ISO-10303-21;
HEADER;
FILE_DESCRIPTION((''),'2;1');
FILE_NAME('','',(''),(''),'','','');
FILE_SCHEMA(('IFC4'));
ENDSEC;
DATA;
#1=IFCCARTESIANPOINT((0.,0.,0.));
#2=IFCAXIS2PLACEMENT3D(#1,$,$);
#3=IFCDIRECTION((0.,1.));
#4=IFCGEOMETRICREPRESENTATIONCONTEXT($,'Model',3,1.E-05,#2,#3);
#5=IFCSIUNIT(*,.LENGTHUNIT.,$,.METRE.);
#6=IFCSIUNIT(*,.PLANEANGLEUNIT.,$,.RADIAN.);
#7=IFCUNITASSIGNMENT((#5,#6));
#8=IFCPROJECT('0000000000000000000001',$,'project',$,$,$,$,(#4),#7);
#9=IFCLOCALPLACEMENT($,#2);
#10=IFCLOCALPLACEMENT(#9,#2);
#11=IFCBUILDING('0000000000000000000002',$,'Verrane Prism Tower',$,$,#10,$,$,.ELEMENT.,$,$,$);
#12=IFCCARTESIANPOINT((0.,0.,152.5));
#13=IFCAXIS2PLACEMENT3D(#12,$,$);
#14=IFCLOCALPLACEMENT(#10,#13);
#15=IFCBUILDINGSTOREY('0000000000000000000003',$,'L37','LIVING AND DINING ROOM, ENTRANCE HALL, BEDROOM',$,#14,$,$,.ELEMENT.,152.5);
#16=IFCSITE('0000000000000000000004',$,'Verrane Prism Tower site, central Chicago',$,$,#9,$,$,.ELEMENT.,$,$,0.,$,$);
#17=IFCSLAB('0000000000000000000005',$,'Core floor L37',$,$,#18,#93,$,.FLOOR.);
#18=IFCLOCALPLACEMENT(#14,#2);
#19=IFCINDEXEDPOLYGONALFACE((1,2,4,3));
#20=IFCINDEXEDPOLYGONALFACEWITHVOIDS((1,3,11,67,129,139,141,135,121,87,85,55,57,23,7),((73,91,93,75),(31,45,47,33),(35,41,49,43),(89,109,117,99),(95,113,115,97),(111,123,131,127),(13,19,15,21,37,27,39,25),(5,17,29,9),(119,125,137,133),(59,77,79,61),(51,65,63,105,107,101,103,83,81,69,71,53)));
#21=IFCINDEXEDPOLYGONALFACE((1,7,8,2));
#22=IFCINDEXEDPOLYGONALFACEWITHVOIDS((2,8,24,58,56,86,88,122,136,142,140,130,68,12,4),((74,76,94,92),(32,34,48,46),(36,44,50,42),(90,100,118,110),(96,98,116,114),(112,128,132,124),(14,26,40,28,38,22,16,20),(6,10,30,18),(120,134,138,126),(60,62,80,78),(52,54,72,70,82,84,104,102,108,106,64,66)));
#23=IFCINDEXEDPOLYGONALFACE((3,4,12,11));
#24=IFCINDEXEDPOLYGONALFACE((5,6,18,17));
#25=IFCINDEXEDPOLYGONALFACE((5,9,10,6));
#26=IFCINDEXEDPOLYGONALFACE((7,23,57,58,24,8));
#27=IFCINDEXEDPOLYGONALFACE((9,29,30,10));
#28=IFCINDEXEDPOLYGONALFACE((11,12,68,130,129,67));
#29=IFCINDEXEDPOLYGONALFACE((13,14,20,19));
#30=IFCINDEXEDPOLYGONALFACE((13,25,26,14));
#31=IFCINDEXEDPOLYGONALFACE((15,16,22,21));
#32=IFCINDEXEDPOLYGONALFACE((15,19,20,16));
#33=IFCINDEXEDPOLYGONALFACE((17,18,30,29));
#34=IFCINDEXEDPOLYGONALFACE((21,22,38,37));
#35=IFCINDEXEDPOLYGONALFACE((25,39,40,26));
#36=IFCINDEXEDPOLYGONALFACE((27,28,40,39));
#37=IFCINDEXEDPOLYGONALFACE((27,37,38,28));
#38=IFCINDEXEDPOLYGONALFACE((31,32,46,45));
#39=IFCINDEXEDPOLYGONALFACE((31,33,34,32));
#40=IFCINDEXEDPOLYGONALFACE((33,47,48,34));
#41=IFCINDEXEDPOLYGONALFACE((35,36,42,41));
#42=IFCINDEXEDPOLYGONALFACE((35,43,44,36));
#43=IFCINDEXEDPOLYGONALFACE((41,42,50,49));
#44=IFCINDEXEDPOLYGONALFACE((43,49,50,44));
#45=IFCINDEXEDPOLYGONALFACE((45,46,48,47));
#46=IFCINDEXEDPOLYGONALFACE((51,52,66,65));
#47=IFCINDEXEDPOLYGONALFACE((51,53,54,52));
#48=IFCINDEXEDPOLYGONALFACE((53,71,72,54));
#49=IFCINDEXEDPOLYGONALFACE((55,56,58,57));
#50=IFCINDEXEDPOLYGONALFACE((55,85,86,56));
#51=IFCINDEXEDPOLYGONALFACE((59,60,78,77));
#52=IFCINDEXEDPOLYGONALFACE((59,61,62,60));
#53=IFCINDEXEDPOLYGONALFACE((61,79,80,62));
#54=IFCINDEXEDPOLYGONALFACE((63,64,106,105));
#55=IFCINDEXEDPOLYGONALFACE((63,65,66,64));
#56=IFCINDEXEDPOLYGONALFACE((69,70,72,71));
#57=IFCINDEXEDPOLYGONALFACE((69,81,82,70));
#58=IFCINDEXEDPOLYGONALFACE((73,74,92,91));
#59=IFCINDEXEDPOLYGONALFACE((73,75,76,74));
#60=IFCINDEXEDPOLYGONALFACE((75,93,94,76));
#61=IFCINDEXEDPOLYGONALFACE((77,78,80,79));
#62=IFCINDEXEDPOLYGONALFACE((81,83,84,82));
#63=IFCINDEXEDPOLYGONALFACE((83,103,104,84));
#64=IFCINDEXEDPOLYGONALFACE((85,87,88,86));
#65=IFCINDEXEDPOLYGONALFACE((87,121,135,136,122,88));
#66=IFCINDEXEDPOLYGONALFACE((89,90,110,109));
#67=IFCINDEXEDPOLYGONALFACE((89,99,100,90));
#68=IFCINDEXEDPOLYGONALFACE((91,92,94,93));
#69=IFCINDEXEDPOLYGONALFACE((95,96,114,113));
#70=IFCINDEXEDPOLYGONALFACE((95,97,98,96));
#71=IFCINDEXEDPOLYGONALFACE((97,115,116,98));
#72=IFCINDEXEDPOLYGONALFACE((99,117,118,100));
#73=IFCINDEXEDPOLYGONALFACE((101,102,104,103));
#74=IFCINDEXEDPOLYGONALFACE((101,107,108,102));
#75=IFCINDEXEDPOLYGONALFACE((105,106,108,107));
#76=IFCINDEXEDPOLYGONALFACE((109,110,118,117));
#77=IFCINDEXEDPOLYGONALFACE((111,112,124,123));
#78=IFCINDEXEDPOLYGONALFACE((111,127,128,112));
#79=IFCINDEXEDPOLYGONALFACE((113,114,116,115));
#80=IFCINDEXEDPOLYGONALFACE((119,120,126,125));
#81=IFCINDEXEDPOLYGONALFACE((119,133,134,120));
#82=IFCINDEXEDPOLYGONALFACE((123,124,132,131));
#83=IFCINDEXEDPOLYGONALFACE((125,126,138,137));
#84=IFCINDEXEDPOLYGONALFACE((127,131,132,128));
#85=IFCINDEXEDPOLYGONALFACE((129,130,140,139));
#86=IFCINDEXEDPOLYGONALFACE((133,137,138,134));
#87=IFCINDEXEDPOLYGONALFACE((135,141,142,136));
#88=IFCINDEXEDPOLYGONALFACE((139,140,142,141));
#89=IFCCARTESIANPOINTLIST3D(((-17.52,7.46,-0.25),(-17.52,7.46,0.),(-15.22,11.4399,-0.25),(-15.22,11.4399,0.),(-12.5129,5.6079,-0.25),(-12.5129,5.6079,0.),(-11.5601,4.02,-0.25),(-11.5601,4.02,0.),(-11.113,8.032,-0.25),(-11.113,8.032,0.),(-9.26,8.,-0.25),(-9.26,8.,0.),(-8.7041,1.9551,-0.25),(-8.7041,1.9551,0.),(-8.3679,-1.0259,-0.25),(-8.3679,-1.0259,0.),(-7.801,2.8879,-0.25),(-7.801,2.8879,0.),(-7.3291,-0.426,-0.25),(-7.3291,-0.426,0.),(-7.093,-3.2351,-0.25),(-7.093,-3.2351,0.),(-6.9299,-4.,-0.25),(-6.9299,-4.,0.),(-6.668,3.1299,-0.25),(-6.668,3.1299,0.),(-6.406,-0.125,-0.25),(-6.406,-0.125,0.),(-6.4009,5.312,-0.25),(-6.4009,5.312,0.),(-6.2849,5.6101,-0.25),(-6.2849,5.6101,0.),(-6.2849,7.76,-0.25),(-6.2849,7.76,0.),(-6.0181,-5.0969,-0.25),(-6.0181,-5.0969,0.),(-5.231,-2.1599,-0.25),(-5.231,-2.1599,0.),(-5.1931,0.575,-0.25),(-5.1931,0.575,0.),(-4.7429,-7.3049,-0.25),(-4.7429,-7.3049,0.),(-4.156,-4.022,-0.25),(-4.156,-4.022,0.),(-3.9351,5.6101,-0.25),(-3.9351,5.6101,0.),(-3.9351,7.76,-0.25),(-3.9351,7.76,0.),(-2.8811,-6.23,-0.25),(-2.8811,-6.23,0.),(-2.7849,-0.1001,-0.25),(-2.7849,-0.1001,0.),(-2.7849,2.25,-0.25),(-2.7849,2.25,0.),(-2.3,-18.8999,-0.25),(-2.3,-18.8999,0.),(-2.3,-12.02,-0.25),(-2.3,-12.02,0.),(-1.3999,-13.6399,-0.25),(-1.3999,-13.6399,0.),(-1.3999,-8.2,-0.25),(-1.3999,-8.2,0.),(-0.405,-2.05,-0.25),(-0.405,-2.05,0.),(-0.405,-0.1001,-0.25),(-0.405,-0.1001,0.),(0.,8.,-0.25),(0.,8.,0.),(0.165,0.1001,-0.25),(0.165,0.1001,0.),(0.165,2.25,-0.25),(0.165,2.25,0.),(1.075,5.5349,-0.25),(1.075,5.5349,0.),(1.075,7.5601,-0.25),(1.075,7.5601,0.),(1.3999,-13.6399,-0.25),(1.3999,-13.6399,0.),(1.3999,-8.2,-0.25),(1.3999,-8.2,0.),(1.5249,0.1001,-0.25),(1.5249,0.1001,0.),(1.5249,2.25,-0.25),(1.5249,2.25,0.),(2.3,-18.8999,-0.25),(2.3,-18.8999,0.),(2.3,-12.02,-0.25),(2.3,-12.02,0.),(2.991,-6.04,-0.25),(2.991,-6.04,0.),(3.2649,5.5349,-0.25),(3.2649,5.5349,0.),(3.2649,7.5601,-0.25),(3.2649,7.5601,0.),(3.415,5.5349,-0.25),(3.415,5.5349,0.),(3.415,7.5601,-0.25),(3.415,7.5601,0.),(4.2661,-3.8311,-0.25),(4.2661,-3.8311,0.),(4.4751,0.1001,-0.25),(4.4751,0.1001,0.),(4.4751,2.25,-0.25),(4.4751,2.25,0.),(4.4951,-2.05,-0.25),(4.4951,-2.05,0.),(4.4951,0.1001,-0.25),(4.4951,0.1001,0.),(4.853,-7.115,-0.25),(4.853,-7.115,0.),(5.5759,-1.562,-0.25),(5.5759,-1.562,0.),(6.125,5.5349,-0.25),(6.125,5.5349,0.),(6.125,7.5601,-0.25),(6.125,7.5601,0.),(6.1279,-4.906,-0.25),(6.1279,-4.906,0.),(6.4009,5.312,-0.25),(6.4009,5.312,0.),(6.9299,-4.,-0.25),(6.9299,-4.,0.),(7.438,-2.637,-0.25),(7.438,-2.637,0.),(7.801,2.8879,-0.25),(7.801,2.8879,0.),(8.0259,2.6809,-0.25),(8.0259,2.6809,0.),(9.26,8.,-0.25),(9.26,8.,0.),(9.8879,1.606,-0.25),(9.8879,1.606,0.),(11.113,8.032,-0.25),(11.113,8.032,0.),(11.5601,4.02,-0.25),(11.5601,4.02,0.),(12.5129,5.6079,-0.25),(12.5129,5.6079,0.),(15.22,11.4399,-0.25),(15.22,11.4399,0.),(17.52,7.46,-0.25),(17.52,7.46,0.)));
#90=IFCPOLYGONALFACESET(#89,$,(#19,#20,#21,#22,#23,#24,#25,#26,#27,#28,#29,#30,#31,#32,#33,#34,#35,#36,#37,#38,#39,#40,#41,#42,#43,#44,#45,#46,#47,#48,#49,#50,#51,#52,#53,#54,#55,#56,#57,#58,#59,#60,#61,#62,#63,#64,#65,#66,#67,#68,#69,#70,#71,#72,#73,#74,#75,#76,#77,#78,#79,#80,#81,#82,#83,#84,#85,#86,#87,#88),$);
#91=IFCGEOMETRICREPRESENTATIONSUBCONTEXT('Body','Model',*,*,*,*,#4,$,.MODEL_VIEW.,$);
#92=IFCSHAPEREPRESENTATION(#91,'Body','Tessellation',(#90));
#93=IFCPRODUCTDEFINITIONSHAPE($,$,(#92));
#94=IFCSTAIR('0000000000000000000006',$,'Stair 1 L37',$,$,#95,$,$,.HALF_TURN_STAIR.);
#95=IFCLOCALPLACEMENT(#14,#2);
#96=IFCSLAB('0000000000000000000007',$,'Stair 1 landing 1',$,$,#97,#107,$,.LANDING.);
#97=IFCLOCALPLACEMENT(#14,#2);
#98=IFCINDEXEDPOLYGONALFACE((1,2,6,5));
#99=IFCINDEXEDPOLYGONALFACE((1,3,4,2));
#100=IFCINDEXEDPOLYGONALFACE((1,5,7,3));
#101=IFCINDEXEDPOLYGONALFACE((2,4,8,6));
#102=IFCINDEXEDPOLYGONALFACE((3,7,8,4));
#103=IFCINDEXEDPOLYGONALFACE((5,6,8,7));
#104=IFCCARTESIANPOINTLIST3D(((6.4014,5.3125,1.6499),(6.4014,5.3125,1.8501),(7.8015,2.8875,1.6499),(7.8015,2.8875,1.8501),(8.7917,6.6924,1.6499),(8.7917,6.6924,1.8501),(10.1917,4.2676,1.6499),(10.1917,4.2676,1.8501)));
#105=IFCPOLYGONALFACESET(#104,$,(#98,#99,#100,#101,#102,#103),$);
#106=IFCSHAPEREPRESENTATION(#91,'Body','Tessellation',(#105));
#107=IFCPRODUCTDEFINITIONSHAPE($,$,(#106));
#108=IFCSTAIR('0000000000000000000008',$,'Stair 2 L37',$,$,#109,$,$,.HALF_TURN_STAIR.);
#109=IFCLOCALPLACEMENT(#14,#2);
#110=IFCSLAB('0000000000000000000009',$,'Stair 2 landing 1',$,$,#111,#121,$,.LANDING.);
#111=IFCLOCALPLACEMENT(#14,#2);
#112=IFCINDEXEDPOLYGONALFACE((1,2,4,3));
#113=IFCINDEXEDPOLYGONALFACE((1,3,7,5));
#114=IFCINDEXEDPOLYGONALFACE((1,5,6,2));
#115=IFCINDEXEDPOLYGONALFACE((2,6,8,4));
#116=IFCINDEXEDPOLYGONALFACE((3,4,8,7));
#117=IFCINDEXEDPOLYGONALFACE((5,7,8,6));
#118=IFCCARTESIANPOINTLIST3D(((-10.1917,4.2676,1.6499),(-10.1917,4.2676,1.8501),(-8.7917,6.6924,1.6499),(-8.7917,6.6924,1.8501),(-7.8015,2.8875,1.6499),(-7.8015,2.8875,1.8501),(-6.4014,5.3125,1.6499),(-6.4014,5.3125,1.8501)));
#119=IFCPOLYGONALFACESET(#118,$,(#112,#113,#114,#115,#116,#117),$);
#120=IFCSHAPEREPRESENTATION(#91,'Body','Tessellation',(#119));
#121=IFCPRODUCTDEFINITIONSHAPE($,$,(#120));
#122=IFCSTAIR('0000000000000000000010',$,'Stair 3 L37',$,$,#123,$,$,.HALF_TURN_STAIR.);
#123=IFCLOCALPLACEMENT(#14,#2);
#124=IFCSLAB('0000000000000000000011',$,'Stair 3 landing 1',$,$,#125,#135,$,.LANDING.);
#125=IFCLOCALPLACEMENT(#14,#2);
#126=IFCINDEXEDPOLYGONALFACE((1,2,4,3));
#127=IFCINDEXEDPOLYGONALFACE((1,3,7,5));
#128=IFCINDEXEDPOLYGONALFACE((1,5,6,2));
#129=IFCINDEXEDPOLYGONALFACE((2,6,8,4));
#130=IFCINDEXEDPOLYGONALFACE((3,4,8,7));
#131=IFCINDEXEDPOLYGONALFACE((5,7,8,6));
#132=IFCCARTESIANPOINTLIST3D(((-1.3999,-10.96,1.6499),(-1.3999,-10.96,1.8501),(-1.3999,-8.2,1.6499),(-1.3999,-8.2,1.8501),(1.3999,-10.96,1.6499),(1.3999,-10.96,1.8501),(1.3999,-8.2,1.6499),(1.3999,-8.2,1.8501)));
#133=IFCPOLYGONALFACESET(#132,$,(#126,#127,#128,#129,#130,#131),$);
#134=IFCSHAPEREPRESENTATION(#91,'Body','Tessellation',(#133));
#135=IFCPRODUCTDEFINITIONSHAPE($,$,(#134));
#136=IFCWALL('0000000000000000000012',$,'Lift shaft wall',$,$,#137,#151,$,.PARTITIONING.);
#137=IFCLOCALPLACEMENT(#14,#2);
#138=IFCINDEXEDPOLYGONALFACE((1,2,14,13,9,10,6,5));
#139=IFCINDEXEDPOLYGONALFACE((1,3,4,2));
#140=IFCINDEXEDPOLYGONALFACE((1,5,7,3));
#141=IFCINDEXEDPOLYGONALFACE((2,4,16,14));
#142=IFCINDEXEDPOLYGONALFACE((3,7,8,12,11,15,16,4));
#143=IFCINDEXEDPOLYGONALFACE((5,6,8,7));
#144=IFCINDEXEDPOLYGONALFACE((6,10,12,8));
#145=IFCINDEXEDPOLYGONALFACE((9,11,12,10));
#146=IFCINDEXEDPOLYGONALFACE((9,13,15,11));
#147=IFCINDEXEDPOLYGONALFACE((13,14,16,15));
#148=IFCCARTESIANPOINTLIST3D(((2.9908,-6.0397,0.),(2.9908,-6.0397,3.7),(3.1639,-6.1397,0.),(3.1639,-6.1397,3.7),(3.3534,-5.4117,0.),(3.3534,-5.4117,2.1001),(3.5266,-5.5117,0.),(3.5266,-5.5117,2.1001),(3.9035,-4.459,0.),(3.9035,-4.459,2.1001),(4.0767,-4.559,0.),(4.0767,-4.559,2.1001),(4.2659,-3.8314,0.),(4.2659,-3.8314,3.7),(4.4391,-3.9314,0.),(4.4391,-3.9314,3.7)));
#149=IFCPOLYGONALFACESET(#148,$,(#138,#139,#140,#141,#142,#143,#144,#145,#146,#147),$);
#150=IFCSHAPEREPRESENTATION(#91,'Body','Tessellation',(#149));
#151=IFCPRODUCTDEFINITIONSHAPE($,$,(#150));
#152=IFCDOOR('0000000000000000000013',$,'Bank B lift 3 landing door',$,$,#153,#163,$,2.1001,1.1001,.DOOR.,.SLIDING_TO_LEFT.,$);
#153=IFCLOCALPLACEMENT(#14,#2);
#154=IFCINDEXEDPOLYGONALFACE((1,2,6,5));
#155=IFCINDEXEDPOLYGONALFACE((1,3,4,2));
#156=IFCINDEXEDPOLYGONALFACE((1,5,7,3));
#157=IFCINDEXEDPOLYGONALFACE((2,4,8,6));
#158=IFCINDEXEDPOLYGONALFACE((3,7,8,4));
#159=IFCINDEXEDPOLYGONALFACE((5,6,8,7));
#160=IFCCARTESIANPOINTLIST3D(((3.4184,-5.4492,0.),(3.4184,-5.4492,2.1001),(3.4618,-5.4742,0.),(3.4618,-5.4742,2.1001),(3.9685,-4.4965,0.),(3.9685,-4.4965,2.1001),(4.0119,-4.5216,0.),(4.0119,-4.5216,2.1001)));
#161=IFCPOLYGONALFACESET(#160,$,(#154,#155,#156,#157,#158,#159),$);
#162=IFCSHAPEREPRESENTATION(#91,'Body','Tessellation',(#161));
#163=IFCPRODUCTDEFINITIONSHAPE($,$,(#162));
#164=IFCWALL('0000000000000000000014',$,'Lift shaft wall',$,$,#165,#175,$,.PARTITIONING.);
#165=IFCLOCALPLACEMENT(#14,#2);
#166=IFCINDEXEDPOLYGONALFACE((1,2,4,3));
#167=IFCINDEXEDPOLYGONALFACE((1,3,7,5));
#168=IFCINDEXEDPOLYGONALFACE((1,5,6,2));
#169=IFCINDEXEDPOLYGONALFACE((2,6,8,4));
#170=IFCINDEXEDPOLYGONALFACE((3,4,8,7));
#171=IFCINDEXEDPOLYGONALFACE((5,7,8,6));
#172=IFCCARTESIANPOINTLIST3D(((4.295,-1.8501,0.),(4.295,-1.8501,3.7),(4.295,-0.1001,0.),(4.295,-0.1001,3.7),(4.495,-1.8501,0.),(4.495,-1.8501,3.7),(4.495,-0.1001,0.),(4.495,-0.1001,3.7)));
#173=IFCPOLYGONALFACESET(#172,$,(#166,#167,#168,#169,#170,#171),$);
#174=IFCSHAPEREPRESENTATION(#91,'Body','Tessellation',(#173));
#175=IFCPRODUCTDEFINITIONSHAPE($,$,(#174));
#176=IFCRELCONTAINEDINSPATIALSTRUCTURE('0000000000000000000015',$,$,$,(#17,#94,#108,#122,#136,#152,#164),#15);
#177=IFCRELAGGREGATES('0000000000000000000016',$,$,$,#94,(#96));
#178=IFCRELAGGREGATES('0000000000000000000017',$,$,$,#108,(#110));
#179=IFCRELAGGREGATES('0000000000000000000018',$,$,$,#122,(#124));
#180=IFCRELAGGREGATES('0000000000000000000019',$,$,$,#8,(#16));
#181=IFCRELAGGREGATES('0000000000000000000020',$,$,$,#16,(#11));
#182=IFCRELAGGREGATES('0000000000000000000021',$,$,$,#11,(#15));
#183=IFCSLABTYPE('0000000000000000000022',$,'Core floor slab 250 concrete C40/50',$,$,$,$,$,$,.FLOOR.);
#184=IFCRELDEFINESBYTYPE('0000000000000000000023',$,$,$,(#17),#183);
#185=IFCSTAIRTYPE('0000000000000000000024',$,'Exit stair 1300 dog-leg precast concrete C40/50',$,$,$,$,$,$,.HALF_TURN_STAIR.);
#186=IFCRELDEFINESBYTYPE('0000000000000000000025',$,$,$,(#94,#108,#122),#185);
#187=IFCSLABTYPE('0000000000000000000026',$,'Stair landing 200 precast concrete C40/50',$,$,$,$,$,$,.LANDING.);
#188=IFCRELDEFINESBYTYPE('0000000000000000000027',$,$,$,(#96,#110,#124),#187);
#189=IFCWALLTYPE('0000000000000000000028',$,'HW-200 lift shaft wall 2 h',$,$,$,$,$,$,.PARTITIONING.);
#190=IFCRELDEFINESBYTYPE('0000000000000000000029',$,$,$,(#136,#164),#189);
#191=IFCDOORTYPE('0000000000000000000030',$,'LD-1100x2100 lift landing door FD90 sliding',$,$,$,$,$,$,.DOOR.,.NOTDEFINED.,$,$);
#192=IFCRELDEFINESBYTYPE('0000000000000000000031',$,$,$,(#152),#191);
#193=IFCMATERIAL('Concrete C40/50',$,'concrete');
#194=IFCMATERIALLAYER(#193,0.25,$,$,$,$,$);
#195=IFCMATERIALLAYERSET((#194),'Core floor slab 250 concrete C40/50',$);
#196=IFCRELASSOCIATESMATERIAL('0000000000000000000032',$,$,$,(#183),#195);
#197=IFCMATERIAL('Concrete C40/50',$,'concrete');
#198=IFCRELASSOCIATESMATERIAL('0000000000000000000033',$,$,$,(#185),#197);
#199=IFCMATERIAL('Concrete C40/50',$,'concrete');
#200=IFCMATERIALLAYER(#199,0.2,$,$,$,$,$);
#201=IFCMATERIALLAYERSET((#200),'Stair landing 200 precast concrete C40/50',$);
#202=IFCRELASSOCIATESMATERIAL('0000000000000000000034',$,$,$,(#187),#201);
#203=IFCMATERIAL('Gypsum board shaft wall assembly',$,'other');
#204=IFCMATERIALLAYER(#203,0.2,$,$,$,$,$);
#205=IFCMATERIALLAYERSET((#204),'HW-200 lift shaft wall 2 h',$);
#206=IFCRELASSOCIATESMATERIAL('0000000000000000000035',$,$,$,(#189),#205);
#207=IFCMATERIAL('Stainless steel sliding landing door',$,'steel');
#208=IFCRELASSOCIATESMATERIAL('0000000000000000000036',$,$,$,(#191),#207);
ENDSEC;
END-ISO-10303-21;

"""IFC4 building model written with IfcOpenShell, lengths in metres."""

from ifc_helpers import new_model, si_unit, direction, frame, frame_2d, origin, place, context, subcontext, project, spatial, polyline, rectangle, outline, extrude, material, layer, layer_set, type_object, element, fill, aggregate, save


model = new_model("IFC4")

# Units and contexts
model_context = context("Model", 3, precision=1e-05, world=origin(), true_north=direction((0.0, 1.0)))
body_context = subcontext(model_context, "Body", "Model", "MODEL_VIEW")
ifc_project = project(units=[si_unit("LENGTHUNIT", "METRE"), si_unit("PLANEANGLEUNIT", "RADIAN")], contexts=[model_context])

# Site, building, storey
site_placement = place(None, origin())
site = spatial("IfcSite", under=ifc_project, at=site_placement, Name="Verrane Prism Tower site, central Chicago", CompositionType="ELEMENT", RefElevation=0.0)
building_placement = place(site_placement, origin())
building = spatial("IfcBuilding", under=site, at=building_placement, Name="Verrane Prism Tower", CompositionType="ELEMENT")
storey_placement = place(building_placement, frame((0.0, 0.0, 152.5)))
storey = spatial("IfcBuildingStorey", under=building, at=storey_placement, Name="L37", Description="LIVING AND DINING ROOM, ENTRANCE HALL, BEDROOM", CompositionType="ELEMENT", Elevation=152.5)

# Slab
ifc_material_1 = material(Name="Concrete C40/50", Category="concrete")
ifc_layer_1 = layer(ifc_material_1, 0.25)
ifc_layer_set_1 = layer_set([ifc_layer_1], Name="Core floor slab 250 concrete C40/50")
slab_type_1 = type_object("IfcSlabType", Name="Core floor slab 250 concrete C40/50", PredefinedType="FLOOR", material=ifc_layer_set_1)
slab_1_placement = place(storey_placement, frame((0.0, 0.0, -0.25)))
element("IfcSlab", 1, at=slab_1_placement, inside=storey, type_object=slab_type_1, Name="Core floor L37", PredefinedType="FLOOR", context=body_context, shape_type="SweptSolid", body=[
    extrude(outline(polyline([(11.5601, 4.02), (17.52, 7.46), (15.22, 11.4399), (9.26, 8.0), (0.0, 8.0), (-9.26, 8.0), (-15.22, 11.4399), (-17.52, 7.46), (-11.5601, 4.02), (-6.9299, -4.0), (-2.3, -12.02), (-2.3, -18.8999), (2.3, -18.8999), (2.3, -12.02), (6.9299, -4.0), (11.5601, 4.02)]), holes=[polyline([(1.3999, -8.2), (1.3999, -13.6399), (-1.3999, -13.6399), (-1.3999, -8.2), (1.3999, -8.2)]), polyline([(-2.8811, -6.23), (-4.7429, -7.3049), (-6.0181, -5.0969), (-4.156, -4.022), (-2.8811, -6.23)]), polyline([(-7.801, 2.8879), (-12.5129, 5.6079), (-11.113, 8.032), (-6.4009, 5.312), (-7.801, 2.8879)]), polyline([(-6.2849, 5.6101), (-6.2849, 7.76), (-3.9351, 7.76), (-3.9351, 5.6101), (-6.2849, 5.6101)]), polyline([(4.2661, -3.8311), (6.1279, -4.906), (4.853, -7.115), (2.991, -6.04), (4.2661, -3.8311)]), polyline([(7.438, -2.637), (5.5759, -1.562), (8.0259, 2.6809), (9.8879, 1.606), (7.438, -2.637)]), polyline([(0.165, 0.1001), (1.5249, 0.1001), (1.5249, 2.25), (4.4751, 2.25), (4.4751, 0.1001), (4.4951, 0.1001), (4.4951, -2.05), (-0.405, -2.05), (-0.405, -0.1001), (-2.7849, -0.1001), (-2.7849, 2.25), (0.165, 2.25), (0.165, 0.1001)]), polyline([(6.4009, 5.312), (11.113, 8.032), (12.5129, 5.6079), (7.801, 2.8879), (6.4009, 5.312)]), polyline([(1.075, 5.5349), (1.075, 7.5601), (3.2649, 7.5601), (3.2649, 5.5349), (1.075, 5.5349)]), polyline([(3.415, 7.5601), (6.125, 7.5601), (6.125, 5.5349), (3.415, 5.5349), (3.415, 7.5601)]), polyline([(-5.231, -2.1599), (-7.093, -3.2351), (-8.3679, -1.0259), (-7.3291, -0.426), (-8.7041, 1.9551), (-6.668, 3.1299), (-5.1931, 0.575), (-6.406, -0.125), (-5.231, -2.1599)])]), origin(), (0.0, 0.0, 1.0), 0.25),
])

# Stairs, slabs
ifc_material_2 = material(Name="Concrete C40/50", Category="concrete")
stair_type = type_object("IfcStairType", Name="Exit stair 1300 dog-leg precast concrete C40/50", PredefinedType="HALF_TURN_STAIR", material=ifc_material_2)
stair_1_placement = place(storey_placement, origin())
stair_1 = element("IfcStair", 2, at=stair_1_placement, inside=storey, type_object=stair_type, Name="Stair 1 L37", PredefinedType="HALF_TURN_STAIR")
ifc_material_3 = material(Name="Concrete C40/50", Category="concrete")
ifc_layer_2 = layer(ifc_material_3, 0.2)
ifc_layer_set_2 = layer_set([ifc_layer_2], Name="Stair landing 200 precast concrete C40/50")
slab_type_2 = type_object("IfcSlabType", Name="Stair landing 200 precast concrete C40/50", PredefinedType="LANDING", material=ifc_layer_set_2)
slab_2_placement = place(storey_placement, frame((0.0, 0.0, 1.6499)))
slab_2 = element("IfcSlab", 3, at=slab_2_placement, type_object=slab_type_2, Name="Stair 1 landing 1", PredefinedType="LANDING", context=body_context, shape_type="SweptSolid", body=[
    extrude(outline(polyline([(8.7917, 6.6924), (6.4014, 5.3125), (7.8015, 2.8875), (10.1917, 4.2676), (8.7917, 6.6924)])), origin(), (0.0, 0.0, 1.0), 0.2002),
])
aggregate(stair_1, [slab_2])
stair_2_placement = place(storey_placement, origin())
stair_2 = element("IfcStair", 4, at=stair_2_placement, inside=storey, type_object=stair_type, Name="Stair 2 L37", PredefinedType="HALF_TURN_STAIR")
slab_3_placement = place(storey_placement, frame((0.0, 0.0, 1.6499)))
slab_3 = element("IfcSlab", 5, at=slab_3_placement, type_object=slab_type_2, Name="Stair 2 landing 1", PredefinedType="LANDING", context=body_context, shape_type="SweptSolid", body=[
    extrude(outline(polyline([(-10.1917, 4.2676), (-7.8015, 2.8875), (-6.4014, 5.3125), (-8.7917, 6.6924), (-10.1917, 4.2676)])), origin(), (0.0, 0.0, 1.0), 0.2002),
])
aggregate(stair_2, [slab_3])
stair_3_placement = place(storey_placement, origin())
stair_3 = element("IfcStair", 6, at=stair_3_placement, inside=storey, type_object=stair_type, Name="Stair 3 L37", PredefinedType="HALF_TURN_STAIR")
slab_4_placement = place(storey_placement, frame((0.0, 0.0, 1.6499)))
slab_4 = element("IfcSlab", 7, at=slab_4_placement, type_object=slab_type_2, Name="Stair 3 landing 1", PredefinedType="LANDING", context=body_context, shape_type="SweptSolid", body=[
    extrude(outline(polyline([(1.3999, -10.96), (1.3999, -8.2), (-1.3999, -8.2), (-1.3999, -10.96), (1.3999, -10.96)])), origin(), (0.0, 0.0, 1.0), 0.2002),
])
aggregate(stair_3, [slab_4])

# Wall, opening, door
ifc_material_4 = material(Name="Gypsum board shaft wall assembly", Category="other")
ifc_layer_3 = layer(ifc_material_4, 0.2)
ifc_layer_set_3 = layer_set([ifc_layer_3], Name="HW-200 lift shaft wall 2 h")
wall_type_1 = type_object("IfcWallType", Name="HW-200 lift shaft wall 2 h", PredefinedType="PARTITIONING", material=ifc_layer_set_3)
wall_1_placement = place(storey_placement, frame((3.0774, -6.0896, 0.0), z_axis=(0.0, 0.0, 1.0), x_axis=(0.500062, 0.865989, 0.0)))
wall_1 = element("IfcWall", 8, at=wall_1_placement, inside=storey, type_object=wall_type_1, Name="Lift shaft wall", PredefinedType="PARTITIONING", context=body_context, shape_type="SweptSolid", body=[
    extrude(rectangle(XDim=2.55, YDim=0.2, at=frame_2d((1.2749, 0.0))), origin(), (0.0, 0.0, 1.0), 3.7),
])
opening_1_placement = place(wall_1_placement, frame((0.7251, 0.0, 0.0)))
opening_1 = element("IfcOpeningElement", 9, at=opening_1_placement, cuts=wall_1, PredefinedType="OPENING", context=body_context, shape_type="SweptSolid", body=[
    extrude(rectangle(XDim=1.1001, YDim=2.1001, at=frame_2d((0.55, 1.05))), frame((0.0, 0.1099, 0.0), z_axis=(0.0, -1.0, 0.0), x_axis=(1.0, 0.0, 0.0)), (0.0, 0.0, 1.0), 0.22),
])
ifc_material_5 = material(Name="Stainless steel sliding landing door", Category="steel")
door_type_1 = type_object("IfcDoorType", Name="LD-1100x2100 lift landing door FD90 sliding", OperationType="NOTDEFINED", PredefinedType="DOOR", material=ifc_material_5)
door_1_placement = place(opening_1_placement, origin())
door_1 = element("IfcDoor", 10, at=door_1_placement, inside=storey, type_object=door_type_1, Name="Bank B lift 3 landing door", OperationType="SLIDING_TO_LEFT", OverallHeight=2.1001, OverallWidth=1.1001, PredefinedType="DOOR", context=body_context, shape_type="SweptSolid", body=[
    extrude(rectangle(XDim=1.1001, YDim=2.1001, at=frame_2d((0.55, 1.05))), frame((0.0, 0.0249, 0.0), z_axis=(0.0, -1.0, 0.0), x_axis=(1.0, 0.0, 0.0)), (0.0, 0.0, 1.0), 0.05),
])
fill(opening_1, door_1)

# Wall
wall_2_placement = place(storey_placement, frame((4.395, -1.8501, 0.0), z_axis=(0.0, 0.0, 1.0), x_axis=(0.0, 1.0, 0.0)))
element("IfcWall", 11, at=wall_2_placement, inside=storey, type_object=wall_type_1, Name="Lift shaft wall", PredefinedType="PARTITIONING", context=body_context, shape_type="SweptSolid", body=[
    extrude(rectangle(XDim=1.75, YDim=0.2, at=frame_2d((0.875, 0.0))), origin(), (0.0, 0.0, 1.0), 3.7),
])

save(model, "model.ifc")
